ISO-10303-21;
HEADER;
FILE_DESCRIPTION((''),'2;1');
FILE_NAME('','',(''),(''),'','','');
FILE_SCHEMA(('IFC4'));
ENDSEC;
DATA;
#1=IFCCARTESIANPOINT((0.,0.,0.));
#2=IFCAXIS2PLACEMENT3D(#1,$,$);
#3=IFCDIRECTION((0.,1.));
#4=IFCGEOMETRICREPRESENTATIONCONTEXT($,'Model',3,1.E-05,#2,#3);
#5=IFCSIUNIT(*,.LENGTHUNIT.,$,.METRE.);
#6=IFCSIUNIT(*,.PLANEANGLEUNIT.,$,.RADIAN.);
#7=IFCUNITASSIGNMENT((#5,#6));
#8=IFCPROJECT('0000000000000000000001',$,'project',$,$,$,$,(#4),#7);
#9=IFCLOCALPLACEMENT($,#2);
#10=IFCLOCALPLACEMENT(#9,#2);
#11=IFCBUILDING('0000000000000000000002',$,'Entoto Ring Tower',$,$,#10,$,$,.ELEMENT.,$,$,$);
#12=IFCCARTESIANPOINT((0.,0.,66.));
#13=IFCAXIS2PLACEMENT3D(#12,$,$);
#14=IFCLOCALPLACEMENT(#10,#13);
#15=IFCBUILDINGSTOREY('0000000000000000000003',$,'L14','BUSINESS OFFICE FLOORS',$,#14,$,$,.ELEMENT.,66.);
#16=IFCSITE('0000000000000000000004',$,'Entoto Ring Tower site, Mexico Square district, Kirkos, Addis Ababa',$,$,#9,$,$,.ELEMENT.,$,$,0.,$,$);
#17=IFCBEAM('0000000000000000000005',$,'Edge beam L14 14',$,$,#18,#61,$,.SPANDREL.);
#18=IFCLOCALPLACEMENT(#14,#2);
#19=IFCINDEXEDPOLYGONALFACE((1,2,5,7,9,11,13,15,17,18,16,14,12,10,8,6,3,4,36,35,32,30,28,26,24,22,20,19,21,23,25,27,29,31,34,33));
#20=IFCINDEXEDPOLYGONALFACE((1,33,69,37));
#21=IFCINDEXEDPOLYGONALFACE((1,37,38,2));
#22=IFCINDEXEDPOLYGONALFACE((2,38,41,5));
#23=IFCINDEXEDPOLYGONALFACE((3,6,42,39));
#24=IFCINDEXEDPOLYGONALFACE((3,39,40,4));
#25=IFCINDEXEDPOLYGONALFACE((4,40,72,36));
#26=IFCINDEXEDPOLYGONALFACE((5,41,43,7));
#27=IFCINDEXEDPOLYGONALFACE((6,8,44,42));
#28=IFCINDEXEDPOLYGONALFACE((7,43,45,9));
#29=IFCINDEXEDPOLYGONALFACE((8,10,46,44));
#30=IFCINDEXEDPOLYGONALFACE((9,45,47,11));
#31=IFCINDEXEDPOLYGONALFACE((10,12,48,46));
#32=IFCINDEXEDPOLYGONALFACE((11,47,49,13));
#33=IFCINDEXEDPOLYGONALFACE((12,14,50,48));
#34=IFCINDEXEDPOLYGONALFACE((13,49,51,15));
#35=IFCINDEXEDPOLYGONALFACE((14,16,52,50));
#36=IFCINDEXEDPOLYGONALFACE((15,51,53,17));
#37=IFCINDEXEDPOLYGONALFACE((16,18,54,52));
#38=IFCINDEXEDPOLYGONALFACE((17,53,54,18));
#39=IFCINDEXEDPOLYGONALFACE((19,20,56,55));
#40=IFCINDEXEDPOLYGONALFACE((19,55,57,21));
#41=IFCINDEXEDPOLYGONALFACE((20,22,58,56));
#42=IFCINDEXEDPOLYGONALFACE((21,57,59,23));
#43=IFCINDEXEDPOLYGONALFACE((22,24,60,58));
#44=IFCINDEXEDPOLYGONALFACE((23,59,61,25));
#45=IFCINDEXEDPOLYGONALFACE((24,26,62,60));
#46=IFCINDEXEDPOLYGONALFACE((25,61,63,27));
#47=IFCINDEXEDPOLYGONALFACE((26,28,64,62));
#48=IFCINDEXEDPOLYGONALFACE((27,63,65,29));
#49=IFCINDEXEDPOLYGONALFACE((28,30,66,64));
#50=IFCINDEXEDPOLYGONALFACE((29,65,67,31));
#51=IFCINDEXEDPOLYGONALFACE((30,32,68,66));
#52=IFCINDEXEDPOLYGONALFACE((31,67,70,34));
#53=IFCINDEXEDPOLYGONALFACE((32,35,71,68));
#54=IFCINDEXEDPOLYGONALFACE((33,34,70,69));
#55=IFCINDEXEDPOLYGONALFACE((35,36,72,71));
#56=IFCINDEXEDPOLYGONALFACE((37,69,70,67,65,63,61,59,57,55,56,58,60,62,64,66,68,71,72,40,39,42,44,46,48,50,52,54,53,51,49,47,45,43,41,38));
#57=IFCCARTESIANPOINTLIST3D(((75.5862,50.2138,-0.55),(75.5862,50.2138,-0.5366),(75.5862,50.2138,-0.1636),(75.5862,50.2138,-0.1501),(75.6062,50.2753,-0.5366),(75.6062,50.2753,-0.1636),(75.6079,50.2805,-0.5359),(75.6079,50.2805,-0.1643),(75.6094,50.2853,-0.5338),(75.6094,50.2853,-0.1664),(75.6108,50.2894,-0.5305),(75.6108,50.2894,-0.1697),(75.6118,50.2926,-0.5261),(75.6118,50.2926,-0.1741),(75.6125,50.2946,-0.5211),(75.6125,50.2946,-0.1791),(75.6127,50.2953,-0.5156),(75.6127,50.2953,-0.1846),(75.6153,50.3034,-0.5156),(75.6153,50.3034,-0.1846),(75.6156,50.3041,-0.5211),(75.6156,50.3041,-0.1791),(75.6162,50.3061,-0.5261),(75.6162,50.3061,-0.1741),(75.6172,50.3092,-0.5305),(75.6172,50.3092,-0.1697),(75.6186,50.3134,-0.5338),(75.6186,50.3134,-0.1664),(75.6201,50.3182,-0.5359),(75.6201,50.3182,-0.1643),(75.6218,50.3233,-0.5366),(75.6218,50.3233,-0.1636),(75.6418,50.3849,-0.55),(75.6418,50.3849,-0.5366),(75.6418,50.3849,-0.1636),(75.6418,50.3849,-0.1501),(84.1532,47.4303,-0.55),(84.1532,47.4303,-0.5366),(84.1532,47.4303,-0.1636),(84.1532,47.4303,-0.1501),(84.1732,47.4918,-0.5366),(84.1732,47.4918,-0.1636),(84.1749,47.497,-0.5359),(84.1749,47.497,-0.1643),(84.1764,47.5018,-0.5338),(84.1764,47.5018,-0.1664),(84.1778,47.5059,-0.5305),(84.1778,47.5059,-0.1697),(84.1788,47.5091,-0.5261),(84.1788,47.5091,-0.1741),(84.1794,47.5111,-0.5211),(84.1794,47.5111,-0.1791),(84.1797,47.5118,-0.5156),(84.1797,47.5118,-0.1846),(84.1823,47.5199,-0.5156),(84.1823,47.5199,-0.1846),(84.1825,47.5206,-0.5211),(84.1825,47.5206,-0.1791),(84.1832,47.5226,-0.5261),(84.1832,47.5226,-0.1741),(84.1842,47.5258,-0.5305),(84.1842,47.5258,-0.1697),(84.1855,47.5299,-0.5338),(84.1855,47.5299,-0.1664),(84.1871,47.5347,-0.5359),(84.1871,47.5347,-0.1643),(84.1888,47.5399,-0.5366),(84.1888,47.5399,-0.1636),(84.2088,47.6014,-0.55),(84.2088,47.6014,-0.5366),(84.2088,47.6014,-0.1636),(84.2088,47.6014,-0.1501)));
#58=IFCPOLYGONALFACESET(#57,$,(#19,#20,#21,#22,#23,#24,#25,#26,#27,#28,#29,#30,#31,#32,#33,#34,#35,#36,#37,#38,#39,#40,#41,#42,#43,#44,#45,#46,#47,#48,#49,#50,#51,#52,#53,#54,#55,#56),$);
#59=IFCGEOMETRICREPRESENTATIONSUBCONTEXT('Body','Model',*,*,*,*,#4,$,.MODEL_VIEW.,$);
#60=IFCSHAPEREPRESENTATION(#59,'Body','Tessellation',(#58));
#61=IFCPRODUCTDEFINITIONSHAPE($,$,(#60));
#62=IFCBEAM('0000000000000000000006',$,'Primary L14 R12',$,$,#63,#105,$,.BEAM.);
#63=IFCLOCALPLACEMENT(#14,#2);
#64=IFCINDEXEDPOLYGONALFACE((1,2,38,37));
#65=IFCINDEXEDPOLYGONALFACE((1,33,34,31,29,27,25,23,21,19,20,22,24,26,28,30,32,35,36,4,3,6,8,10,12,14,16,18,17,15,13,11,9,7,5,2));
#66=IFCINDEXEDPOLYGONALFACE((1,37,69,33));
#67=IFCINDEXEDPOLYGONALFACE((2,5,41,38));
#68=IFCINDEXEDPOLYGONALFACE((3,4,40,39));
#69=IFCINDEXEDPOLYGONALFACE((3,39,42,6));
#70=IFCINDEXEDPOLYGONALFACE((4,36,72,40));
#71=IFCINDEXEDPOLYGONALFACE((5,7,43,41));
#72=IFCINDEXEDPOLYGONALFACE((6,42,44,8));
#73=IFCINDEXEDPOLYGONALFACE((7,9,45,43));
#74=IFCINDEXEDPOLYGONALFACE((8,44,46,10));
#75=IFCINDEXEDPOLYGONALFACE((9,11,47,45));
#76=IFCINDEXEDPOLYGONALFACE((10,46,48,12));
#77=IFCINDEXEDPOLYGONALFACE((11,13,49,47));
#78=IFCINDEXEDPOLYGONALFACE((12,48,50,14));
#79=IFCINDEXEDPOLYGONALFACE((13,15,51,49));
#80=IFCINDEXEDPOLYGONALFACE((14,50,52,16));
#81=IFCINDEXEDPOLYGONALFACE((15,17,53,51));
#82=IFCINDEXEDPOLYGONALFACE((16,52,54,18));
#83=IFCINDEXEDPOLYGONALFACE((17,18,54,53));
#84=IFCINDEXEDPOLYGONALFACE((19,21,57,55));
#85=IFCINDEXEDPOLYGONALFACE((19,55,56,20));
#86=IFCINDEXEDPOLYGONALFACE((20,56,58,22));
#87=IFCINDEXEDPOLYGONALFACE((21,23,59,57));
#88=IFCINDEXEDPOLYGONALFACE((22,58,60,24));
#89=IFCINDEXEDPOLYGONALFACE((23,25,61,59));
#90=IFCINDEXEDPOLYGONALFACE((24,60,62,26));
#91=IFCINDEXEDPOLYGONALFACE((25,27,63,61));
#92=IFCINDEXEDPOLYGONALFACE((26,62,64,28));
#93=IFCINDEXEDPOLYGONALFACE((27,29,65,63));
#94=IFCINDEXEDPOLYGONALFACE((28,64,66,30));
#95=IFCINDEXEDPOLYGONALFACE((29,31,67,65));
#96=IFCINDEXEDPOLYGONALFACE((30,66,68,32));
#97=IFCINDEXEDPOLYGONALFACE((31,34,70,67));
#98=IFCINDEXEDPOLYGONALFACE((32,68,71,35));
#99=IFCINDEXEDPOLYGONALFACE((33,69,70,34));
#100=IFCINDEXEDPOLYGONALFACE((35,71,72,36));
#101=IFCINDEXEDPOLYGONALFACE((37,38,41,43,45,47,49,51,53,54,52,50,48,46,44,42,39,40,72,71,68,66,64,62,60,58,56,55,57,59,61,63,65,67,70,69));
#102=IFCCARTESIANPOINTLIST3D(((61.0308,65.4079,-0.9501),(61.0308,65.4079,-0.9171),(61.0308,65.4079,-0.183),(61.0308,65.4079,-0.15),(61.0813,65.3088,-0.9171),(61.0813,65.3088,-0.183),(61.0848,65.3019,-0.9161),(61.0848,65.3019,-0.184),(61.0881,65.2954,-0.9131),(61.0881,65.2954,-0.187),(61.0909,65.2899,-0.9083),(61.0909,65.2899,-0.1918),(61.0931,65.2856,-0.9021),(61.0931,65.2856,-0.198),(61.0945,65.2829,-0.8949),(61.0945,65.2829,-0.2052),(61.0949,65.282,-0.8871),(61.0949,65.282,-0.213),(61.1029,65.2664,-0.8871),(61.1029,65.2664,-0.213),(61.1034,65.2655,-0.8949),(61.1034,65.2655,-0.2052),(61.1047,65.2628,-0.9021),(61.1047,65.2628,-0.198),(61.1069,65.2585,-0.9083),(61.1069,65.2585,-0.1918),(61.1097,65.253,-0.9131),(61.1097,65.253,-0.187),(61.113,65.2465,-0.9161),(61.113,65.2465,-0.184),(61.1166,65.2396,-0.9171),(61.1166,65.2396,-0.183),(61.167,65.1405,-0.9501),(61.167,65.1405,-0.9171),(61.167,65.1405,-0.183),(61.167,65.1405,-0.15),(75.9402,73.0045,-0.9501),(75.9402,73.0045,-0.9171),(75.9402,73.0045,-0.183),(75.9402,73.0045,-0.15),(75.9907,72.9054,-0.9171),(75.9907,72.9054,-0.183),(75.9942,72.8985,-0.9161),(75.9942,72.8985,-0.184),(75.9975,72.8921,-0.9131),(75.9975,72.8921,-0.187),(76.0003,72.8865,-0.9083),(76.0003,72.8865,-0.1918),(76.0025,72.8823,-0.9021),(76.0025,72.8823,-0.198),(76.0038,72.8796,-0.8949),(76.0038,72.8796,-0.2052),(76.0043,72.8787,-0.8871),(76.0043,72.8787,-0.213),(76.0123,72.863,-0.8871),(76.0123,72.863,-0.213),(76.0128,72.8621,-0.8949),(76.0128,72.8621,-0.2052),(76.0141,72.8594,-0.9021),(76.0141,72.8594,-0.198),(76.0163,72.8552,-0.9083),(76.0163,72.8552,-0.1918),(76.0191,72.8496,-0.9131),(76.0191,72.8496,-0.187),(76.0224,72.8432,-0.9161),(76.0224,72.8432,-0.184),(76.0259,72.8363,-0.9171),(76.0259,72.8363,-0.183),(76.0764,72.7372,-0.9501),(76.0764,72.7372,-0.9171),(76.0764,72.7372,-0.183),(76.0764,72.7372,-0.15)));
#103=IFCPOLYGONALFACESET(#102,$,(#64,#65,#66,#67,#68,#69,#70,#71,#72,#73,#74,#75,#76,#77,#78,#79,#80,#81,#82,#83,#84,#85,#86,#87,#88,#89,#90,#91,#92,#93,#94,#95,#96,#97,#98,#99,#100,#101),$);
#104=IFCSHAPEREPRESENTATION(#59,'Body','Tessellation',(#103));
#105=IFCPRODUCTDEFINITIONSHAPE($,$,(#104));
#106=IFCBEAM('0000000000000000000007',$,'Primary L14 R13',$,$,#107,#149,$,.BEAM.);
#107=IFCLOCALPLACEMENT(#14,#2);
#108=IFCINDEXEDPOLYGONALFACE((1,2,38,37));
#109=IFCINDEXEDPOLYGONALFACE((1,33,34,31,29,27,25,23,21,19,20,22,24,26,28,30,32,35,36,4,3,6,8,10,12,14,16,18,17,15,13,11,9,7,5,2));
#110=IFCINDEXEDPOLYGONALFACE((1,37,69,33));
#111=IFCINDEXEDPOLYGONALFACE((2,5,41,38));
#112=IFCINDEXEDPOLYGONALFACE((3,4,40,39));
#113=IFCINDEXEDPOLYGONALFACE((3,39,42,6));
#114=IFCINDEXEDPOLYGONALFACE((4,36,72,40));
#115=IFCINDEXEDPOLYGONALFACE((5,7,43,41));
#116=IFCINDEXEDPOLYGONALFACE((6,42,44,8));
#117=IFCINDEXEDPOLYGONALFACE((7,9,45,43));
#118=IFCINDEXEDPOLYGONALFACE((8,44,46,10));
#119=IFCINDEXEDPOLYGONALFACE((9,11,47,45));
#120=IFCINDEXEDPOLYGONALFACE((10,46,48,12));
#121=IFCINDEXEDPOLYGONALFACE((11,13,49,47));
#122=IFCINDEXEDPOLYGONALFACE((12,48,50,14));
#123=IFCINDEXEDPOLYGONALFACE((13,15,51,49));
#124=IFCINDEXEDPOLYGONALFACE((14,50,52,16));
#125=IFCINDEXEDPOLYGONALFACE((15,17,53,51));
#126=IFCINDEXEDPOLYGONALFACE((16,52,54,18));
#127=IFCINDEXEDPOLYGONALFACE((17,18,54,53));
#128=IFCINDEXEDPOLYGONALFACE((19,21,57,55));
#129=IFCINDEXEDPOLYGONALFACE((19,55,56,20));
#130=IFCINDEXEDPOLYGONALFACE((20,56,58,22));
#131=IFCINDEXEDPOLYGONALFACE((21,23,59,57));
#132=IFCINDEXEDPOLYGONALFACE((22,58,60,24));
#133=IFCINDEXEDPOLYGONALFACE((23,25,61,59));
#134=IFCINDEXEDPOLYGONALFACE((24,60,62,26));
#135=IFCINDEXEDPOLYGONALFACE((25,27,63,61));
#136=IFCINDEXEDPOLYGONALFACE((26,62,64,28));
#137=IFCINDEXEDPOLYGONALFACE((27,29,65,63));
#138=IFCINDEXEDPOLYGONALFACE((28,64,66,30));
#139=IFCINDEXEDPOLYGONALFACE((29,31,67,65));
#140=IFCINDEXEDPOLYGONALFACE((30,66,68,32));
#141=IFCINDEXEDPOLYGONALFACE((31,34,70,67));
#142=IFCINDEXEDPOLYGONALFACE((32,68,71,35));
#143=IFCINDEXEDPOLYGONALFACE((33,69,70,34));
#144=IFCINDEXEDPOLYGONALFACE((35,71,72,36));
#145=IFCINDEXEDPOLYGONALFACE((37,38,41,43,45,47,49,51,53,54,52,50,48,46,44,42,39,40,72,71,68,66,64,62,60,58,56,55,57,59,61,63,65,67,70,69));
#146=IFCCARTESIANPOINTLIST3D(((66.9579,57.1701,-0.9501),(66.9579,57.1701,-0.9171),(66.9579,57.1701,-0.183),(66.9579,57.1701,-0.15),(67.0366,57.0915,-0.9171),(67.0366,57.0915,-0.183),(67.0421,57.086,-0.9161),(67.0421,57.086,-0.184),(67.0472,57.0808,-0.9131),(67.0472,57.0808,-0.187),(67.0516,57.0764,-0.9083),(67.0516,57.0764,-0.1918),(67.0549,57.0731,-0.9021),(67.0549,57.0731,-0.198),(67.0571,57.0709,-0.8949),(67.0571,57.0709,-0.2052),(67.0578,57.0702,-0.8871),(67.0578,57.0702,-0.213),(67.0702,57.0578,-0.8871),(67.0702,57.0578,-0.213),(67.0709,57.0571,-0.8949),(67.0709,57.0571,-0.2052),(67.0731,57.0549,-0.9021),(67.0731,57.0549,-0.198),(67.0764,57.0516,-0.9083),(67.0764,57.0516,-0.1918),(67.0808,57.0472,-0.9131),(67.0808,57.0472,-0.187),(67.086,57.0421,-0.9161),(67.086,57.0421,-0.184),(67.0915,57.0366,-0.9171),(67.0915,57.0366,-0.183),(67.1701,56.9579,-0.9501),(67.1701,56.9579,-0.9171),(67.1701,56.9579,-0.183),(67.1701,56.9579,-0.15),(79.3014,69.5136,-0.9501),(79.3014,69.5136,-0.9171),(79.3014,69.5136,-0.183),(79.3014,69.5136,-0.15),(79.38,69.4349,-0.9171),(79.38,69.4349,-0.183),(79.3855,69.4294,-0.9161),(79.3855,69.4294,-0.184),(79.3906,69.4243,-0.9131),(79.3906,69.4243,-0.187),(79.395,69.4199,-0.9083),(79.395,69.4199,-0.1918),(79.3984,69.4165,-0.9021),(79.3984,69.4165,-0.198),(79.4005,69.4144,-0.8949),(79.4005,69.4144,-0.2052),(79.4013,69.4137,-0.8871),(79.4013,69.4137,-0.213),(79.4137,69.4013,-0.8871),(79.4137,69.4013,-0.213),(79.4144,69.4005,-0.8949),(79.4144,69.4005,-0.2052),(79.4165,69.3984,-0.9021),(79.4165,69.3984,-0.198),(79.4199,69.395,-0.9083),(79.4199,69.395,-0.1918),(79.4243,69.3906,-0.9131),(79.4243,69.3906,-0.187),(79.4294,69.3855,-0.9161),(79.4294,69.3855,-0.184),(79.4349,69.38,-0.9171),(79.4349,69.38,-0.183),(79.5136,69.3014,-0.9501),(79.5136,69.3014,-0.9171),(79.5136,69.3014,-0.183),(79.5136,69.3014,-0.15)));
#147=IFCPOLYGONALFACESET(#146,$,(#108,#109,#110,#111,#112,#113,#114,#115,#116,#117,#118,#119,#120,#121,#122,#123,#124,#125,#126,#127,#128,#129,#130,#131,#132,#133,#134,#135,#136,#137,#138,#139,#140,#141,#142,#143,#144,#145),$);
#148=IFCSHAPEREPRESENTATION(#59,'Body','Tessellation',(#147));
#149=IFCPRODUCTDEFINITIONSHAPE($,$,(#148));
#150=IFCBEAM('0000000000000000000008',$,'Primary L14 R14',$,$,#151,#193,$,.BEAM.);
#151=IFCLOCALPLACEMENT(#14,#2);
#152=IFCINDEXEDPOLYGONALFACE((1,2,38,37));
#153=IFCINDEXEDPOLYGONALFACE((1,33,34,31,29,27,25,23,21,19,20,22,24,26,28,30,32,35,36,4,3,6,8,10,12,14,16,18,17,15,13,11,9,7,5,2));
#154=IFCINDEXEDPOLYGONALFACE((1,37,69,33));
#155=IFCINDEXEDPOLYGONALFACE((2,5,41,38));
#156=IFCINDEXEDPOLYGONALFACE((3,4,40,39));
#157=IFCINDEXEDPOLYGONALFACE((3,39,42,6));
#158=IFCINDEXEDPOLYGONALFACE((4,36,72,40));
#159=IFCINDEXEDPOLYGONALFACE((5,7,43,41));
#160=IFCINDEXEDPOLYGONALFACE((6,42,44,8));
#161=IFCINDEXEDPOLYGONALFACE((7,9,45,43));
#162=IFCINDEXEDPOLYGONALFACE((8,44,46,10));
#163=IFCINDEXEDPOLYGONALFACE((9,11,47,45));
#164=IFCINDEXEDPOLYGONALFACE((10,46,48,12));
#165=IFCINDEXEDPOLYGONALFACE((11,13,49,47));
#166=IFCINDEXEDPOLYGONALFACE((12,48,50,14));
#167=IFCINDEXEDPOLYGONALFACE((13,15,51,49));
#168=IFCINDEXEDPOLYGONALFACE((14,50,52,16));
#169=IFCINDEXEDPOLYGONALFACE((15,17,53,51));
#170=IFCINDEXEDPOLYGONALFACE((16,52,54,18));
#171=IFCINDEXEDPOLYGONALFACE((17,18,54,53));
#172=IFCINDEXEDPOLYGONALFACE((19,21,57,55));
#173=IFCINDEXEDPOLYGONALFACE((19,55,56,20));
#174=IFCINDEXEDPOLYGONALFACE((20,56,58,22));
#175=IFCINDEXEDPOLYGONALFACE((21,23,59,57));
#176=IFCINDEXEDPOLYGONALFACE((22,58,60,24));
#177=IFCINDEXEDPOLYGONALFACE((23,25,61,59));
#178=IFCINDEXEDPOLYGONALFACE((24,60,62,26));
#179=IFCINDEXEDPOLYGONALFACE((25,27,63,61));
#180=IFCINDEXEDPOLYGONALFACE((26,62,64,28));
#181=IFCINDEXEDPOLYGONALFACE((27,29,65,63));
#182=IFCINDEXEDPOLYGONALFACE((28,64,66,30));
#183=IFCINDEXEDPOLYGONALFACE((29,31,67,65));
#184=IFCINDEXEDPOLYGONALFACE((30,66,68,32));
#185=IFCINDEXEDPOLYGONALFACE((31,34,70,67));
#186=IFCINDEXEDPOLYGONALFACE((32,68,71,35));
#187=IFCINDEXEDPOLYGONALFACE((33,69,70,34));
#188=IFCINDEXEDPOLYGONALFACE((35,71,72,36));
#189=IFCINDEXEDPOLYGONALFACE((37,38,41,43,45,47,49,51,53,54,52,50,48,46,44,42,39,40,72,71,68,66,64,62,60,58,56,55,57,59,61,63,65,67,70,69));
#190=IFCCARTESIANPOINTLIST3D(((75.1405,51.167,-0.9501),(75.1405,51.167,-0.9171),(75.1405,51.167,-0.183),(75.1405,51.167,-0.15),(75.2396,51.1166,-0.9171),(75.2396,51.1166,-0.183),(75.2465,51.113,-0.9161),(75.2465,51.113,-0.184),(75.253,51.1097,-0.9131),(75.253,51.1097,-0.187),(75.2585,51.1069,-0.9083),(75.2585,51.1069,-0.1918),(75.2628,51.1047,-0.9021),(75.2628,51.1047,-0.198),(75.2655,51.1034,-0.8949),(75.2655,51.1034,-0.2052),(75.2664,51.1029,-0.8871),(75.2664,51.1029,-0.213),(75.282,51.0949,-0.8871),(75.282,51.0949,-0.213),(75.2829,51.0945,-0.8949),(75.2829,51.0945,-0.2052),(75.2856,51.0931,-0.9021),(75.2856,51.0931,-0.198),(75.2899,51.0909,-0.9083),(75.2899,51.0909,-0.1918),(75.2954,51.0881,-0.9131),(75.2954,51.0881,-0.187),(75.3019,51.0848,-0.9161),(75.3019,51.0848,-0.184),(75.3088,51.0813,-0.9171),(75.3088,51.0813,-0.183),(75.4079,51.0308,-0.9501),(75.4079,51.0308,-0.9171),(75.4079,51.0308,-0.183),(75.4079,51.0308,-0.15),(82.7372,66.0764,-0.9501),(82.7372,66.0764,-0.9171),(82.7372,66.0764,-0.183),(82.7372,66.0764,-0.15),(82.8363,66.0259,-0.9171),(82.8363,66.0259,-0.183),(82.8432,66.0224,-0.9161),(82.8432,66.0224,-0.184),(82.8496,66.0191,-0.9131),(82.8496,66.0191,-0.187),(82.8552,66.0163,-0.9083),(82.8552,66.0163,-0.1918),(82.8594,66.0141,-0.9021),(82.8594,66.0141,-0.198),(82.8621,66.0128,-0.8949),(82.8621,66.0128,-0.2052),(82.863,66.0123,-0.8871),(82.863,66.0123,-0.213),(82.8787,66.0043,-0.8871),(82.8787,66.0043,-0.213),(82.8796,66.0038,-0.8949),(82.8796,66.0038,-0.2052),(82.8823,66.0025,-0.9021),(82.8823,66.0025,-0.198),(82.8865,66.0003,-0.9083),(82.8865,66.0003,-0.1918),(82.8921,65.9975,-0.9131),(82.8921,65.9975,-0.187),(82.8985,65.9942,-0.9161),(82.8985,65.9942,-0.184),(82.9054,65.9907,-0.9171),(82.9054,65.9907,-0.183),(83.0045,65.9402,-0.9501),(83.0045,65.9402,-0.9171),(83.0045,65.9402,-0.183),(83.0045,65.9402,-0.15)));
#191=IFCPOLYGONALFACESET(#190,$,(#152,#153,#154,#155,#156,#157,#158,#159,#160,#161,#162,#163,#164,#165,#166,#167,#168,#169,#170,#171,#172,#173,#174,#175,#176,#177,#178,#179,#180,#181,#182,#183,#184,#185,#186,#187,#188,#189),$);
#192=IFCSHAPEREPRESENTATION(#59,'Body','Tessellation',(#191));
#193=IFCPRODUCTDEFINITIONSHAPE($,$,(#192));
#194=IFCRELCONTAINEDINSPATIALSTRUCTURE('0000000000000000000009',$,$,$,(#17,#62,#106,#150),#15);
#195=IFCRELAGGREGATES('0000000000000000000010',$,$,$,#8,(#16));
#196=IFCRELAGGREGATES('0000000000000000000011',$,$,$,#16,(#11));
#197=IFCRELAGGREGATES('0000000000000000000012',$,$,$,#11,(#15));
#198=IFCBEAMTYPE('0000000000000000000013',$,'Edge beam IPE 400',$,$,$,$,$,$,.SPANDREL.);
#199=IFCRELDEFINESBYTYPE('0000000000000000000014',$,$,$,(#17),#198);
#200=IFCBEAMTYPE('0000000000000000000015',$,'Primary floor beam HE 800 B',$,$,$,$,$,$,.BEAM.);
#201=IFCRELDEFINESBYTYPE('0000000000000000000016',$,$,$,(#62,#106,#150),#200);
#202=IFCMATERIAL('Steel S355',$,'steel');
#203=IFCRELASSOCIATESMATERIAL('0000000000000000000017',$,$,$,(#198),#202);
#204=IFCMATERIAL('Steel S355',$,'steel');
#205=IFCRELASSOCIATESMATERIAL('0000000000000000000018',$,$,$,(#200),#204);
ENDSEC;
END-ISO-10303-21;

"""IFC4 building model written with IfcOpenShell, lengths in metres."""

from ifc_helpers import new_model, si_unit, direction, frame, origin, origin_2d, place, context, subcontext, project, spatial, i_section, extrude, material, material_profile, profile_set, type_object, element, save


model = new_model("IFC4")

# Units and contexts
model_context = context("Model", 3, precision=1e-05, world=origin(), true_north=direction((0.0, 1.0)))
body_context = subcontext(model_context, "Body", "Model", "MODEL_VIEW")
ifc_project = project(units=[si_unit("LENGTHUNIT", "METRE"), si_unit("PLANEANGLEUNIT", "RADIAN")], contexts=[model_context])

# Site, building, storey
site_placement = place(None, origin())
site = spatial("IfcSite", under=ifc_project, at=site_placement, Name="Entoto Ring Tower site, Mexico Square district, Kirkos, Addis Ababa", CompositionType="ELEMENT", RefElevation=0.0)
building_placement = place(site_placement, origin())
building = spatial("IfcBuilding", under=site, at=building_placement, Name="Entoto Ring Tower", CompositionType="ELEMENT")
storey_placement = place(building_placement, frame((0.0, 0.0, 66.0)))
storey = spatial("IfcBuildingStorey", under=building, at=storey_placement, Name="L14", Description="BUSINESS OFFICE FLOORS", CompositionType="ELEMENT", Elevation=66.0)

# Beams
ifc_material_1 = material(Name="Steel S355", Category="steel")
ifc_material_profile_1 = material_profile(ifc_material_1, i_section(OverallWidth=0.1799, OverallDepth=0.3999, WebThickness=0.0085, FlangeThickness=0.0134, FilletRadius=0.021, at=origin_2d()), Name="IPE 400")
ifc_profile_set_1 = profile_set([ifc_material_profile_1], Name="Steel S355")
beam_type_1 = type_object("IfcBeamType", Name="Edge beam IPE 400", PredefinedType="SPANDREL", material=ifc_profile_set_1)
for number, where, z_axis, x_axis, name in (
    (1, (75.614, 50.2993, -0.3501), (0.95106, -0.309006, 0.0), (0.309006, 0.95106, 0.0), "Edge beam L14 14"),
):
    element("IfcBeam", number, at=place(storey_placement, frame(where, z_axis=z_axis, x_axis=x_axis)), inside=storey, type_object=beam_type_1, Name=name, PredefinedType="SPANDREL", context=body_context, shape_type="SweptSolid", body=[
        extrude(i_section(OverallWidth=0.1799, OverallDepth=0.3999, WebThickness=0.0085, FlangeThickness=0.0134, FilletRadius=0.021, at=origin_2d()), origin(), (0.0, 0.0, 1.0), 9.0078),
    ])
ifc_material_2 = material(Name="Steel S355", Category="steel")
ifc_material_profile_2 = material_profile(ifc_material_2, i_section(OverallWidth=0.3, OverallDepth=0.8, WebThickness=0.0176, FlangeThickness=0.033, FilletRadius=0.03, at=origin_2d()), Name="HE 800 B")
ifc_profile_set_2 = profile_set([ifc_material_profile_2], Name="Steel S355")
beam_type_2 = type_object("IfcBeamType", Name="Primary floor beam HE 800 B", PredefinedType="BEAM", material=ifc_profile_set_2)
beam_1_placement = place(storey_placement, frame((76.0083, 72.8708, -0.55), z_axis=(-0.891008, -0.453988, 0.0), x_axis=(0.453988, -0.891008, 0.0)))
element("IfcBeam", 2, at=beam_1_placement, inside=storey, type_object=beam_type_2, Name="Primary L14 R12", PredefinedType="BEAM", context=body_context, shape_type="SweptSolid", body=[
    extrude(i_section(OverallWidth=0.3, OverallDepth=0.8, WebThickness=0.0176, FlangeThickness=0.033, FilletRadius=0.03, at=origin_2d()), origin(), (0.0, 0.0, 1.0), 16.7332),
])
beam_2_placement = place(storey_placement, frame((79.4075, 69.4075, -0.55), z_axis=(-0.707107, -0.707107, 0.0), x_axis=(0.707107, -0.707107, 0.0)))
element("IfcBeam", 3, at=beam_2_placement, inside=storey, type_object=beam_type_2, Name="Primary L14 R13", PredefinedType="BEAM", context=body_context, shape_type="SweptSolid", body=[
    extrude(i_section(OverallWidth=0.3, OverallDepth=0.8, WebThickness=0.0176, FlangeThickness=0.033, FilletRadius=0.03, at=origin_2d()), origin(), (0.0, 0.0, 1.0), 17.4563),
])
beam_3_placement = place(storey_placement, frame((82.8708, 66.0083, -0.55), z_axis=(-0.453988, -0.891008, 0.0), x_axis=(0.891008, -0.453988, 0.0)))
element("IfcBeam", 4, at=beam_3_placement, inside=storey, type_object=beam_type_2, Name="Primary L14 R14", PredefinedType="BEAM", context=body_context, shape_type="SweptSolid", body=[
    extrude(i_section(OverallWidth=0.3, OverallDepth=0.8, WebThickness=0.0176, FlangeThickness=0.033, FilletRadius=0.03, at=origin_2d()), origin(), (0.0, 0.0, 1.0), 16.7332),
])

save(model, "model.ifc")
